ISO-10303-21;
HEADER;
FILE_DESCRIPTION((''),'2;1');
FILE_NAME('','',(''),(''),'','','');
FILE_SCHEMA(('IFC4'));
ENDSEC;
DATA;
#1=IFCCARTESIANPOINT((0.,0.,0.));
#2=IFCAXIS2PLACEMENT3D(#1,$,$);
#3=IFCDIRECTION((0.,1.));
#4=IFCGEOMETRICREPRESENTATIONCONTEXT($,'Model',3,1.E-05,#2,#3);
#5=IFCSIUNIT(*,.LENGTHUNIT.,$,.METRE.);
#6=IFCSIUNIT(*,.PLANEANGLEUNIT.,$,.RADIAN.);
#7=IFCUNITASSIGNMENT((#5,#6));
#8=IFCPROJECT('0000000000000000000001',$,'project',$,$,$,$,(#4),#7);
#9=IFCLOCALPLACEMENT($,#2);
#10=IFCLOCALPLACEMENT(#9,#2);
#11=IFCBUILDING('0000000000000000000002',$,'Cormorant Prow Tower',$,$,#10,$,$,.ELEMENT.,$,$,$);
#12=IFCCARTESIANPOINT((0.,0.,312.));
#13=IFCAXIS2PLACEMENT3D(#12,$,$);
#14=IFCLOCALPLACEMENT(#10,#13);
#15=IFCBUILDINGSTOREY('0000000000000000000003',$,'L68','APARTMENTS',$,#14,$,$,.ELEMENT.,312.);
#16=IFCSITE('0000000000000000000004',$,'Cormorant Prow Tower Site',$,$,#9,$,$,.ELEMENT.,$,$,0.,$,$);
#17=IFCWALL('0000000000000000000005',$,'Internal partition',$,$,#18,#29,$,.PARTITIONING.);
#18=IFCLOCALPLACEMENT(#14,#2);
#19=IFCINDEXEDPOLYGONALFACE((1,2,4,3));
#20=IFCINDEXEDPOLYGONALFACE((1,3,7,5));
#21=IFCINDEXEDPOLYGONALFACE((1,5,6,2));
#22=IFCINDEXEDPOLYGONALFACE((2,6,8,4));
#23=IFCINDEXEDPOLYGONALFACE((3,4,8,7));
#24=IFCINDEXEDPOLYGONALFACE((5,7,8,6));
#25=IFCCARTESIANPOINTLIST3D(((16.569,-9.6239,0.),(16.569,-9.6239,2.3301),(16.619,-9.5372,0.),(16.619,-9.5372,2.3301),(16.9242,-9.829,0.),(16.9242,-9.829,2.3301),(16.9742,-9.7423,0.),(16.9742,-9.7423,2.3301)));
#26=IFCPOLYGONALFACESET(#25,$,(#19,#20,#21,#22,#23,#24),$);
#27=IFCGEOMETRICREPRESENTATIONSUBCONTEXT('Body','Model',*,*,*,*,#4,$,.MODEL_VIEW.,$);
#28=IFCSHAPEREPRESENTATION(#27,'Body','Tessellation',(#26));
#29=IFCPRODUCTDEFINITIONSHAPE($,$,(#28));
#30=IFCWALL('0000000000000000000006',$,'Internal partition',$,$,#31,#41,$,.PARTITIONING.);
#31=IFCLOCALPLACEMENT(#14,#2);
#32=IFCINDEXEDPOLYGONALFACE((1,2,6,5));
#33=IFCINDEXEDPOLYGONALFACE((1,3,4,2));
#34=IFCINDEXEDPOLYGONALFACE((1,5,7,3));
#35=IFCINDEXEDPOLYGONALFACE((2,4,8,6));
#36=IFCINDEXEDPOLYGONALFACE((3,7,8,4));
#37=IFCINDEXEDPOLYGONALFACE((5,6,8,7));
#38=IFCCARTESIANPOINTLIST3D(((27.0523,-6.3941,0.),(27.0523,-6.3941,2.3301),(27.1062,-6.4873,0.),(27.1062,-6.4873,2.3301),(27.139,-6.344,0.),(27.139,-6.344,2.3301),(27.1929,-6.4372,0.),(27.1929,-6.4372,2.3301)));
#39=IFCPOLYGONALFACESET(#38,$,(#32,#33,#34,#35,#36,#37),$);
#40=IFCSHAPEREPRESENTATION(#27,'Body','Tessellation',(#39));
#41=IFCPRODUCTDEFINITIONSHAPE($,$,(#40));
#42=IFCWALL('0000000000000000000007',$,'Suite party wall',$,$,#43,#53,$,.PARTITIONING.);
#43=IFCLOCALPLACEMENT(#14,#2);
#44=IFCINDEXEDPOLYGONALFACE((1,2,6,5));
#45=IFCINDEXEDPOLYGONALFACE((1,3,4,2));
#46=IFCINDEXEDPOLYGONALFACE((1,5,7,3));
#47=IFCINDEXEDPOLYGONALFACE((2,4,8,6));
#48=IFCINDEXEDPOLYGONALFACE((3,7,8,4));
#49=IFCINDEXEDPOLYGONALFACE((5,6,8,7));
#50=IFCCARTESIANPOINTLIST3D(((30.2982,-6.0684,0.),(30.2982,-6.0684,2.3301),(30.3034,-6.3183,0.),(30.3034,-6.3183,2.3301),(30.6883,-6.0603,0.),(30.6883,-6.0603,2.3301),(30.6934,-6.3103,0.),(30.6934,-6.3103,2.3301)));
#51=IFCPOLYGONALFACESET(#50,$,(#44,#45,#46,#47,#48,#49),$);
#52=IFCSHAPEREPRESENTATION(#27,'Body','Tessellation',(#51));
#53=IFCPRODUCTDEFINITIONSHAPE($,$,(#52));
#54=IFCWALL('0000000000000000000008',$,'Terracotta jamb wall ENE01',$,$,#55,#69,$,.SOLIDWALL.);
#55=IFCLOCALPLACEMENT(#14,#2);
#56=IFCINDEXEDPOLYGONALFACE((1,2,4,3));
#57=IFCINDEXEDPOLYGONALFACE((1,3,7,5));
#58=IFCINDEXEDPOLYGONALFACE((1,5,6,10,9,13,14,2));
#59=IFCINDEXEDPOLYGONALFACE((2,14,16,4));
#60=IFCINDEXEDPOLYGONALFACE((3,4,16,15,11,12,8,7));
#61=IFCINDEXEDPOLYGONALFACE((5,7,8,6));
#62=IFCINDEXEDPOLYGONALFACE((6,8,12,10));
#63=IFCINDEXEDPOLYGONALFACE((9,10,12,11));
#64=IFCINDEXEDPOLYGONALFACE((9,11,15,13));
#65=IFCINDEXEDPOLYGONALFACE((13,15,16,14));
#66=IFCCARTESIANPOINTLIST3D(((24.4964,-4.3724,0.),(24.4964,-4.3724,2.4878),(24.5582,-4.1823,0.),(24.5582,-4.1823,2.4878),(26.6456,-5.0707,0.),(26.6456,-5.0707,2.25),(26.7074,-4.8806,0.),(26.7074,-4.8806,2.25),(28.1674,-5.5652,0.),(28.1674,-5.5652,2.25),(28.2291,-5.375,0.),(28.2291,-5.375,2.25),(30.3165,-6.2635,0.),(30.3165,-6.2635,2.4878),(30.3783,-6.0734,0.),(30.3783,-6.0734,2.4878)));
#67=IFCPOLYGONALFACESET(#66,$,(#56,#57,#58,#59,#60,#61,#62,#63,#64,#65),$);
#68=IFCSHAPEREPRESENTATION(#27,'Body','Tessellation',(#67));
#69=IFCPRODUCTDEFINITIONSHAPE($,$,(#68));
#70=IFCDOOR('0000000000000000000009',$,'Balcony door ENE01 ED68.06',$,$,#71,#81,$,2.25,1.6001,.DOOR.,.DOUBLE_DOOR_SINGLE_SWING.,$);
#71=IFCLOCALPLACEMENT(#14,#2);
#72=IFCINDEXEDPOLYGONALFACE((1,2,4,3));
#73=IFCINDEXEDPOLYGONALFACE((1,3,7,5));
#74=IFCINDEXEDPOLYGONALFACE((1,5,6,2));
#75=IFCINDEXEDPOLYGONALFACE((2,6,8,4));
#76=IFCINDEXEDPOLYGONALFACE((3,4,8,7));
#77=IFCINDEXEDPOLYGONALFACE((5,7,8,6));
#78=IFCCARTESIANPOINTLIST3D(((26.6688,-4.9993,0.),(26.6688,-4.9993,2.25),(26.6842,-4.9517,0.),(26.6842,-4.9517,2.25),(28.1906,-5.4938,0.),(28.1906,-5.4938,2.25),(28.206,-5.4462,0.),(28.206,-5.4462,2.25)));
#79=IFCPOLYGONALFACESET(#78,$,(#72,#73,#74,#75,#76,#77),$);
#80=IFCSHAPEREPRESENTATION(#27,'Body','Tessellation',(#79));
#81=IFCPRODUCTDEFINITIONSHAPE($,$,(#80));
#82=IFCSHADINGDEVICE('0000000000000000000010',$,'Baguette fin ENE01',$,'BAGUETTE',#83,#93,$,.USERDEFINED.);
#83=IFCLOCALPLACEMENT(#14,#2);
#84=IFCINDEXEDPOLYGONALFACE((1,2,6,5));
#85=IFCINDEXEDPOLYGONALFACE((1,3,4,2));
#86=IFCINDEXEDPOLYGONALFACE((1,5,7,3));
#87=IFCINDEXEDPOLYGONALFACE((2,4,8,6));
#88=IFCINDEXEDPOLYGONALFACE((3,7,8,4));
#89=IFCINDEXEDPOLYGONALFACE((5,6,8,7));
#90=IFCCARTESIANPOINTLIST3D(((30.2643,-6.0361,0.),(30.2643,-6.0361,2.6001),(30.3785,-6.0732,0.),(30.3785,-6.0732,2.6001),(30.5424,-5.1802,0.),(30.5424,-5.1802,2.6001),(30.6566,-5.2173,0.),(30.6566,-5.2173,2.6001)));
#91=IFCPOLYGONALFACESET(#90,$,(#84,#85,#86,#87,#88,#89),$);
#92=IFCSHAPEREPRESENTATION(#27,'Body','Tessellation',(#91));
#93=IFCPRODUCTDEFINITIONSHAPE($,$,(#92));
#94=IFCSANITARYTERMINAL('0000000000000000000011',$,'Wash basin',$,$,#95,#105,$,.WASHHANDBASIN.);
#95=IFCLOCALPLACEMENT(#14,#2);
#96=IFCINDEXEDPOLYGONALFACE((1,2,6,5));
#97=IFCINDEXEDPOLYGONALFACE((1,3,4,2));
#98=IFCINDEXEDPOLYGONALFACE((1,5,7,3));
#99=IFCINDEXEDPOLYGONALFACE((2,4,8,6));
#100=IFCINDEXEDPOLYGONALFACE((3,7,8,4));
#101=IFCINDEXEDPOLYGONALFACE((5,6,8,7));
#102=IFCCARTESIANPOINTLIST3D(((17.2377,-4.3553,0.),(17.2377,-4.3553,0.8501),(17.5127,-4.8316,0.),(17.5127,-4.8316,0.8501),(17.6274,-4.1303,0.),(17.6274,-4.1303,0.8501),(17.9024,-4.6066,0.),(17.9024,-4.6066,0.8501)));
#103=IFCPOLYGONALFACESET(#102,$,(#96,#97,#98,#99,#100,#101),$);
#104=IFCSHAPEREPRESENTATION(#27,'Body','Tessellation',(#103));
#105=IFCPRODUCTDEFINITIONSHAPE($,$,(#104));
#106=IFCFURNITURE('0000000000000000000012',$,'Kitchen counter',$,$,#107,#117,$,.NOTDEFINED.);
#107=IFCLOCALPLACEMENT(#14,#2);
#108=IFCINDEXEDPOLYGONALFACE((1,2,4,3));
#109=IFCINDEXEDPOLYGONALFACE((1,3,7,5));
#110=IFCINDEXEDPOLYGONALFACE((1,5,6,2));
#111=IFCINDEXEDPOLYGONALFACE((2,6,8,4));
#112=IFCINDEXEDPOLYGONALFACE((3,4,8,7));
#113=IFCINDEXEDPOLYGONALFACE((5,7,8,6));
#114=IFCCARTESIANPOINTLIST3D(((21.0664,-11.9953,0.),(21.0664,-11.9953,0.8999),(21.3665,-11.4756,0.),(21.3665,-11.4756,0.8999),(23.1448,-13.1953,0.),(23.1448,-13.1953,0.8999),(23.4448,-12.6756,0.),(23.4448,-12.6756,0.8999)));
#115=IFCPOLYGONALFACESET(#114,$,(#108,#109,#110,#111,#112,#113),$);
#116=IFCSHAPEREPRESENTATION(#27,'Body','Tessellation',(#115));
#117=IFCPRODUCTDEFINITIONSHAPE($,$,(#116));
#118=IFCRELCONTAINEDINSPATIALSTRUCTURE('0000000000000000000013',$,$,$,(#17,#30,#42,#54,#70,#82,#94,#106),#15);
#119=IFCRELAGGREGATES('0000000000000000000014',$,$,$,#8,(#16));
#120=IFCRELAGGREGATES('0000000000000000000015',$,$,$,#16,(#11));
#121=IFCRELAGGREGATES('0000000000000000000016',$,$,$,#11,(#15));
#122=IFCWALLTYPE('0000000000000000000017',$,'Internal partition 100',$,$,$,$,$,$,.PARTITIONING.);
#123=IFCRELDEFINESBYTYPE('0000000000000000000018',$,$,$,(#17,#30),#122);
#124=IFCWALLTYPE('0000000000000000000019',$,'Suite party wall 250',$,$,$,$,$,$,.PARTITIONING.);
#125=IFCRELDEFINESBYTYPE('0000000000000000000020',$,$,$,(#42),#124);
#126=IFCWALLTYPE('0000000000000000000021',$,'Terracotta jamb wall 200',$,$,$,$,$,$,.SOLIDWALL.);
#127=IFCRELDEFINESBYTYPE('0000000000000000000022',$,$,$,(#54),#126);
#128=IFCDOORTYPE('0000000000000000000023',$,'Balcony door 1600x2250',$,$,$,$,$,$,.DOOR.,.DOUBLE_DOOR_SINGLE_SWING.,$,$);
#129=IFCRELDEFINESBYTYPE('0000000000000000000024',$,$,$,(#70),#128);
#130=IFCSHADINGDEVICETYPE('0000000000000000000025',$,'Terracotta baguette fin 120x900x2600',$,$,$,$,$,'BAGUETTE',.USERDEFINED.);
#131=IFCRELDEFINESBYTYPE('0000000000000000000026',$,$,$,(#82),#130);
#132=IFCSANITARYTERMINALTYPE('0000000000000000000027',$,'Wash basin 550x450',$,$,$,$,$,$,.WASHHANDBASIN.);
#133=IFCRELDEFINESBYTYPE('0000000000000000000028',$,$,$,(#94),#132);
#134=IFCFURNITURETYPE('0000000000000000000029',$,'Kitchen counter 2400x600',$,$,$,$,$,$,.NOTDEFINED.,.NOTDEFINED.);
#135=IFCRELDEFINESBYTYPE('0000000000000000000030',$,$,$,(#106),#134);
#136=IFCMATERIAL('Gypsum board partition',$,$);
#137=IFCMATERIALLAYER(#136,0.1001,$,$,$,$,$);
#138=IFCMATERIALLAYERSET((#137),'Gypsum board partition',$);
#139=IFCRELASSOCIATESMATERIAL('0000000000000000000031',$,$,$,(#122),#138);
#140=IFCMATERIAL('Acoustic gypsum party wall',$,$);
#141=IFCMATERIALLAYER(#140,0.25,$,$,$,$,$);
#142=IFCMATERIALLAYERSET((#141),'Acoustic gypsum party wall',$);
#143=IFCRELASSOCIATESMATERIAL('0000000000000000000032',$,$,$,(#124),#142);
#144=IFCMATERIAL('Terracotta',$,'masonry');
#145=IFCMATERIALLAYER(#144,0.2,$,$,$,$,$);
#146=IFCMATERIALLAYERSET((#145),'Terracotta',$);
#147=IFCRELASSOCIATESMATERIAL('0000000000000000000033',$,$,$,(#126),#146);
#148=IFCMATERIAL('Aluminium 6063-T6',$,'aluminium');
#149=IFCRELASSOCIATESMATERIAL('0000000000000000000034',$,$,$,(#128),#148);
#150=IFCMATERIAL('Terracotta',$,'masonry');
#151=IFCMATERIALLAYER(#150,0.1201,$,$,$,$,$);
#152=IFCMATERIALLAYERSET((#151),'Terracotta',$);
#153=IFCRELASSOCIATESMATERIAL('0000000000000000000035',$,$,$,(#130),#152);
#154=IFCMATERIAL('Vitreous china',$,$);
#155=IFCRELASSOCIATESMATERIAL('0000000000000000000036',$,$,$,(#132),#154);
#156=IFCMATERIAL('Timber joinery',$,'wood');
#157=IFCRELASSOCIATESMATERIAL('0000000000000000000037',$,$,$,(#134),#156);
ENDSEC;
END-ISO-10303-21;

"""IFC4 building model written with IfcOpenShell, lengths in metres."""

from ifc_helpers import new_model, si_unit, direction, frame, frame_2d, origin, origin_2d, place, context, subcontext, project, spatial, rectangle, extrude, material, layer, layer_set, type_object, element, fill, save


model = new_model("IFC4")

# Units and contexts
model_context = context("Model", 3, precision=1e-05, world=origin(), true_north=direction((0.0, 1.0)))
body_context = subcontext(model_context, "Body", "Model", "MODEL_VIEW")
ifc_project = project(units=[si_unit("LENGTHUNIT", "METRE"), si_unit("PLANEANGLEUNIT", "RADIAN")], contexts=[model_context])

# Site, building, storey
site_placement = place(None, origin())
site = spatial("IfcSite", under=ifc_project, at=site_placement, Name="Cormorant Prow Tower Site", CompositionType="ELEMENT", RefElevation=0.0)
building_placement = place(site_placement, origin())
building = spatial("IfcBuilding", under=site, at=building_placement, Name="Cormorant Prow Tower", CompositionType="ELEMENT")
storey_placement = place(building_placement, frame((0.0, 0.0, 312.0)))
storey = spatial("IfcBuildingStorey", under=building, at=storey_placement, Name="L68", Description="APARTMENTS", CompositionType="ELEMENT", Elevation=312.0)

# Shared definitions
ifc_material_1 = material(Name="Gypsum board partition")
ifc_layer_1 = layer(ifc_material_1, 0.1001)
ifc_layer_set_1 = layer_set([ifc_layer_1], Name="Gypsum board partition")
wall_type_1 = type_object("IfcWallType", Name="Internal partition 100", PredefinedType="PARTITIONING", material=ifc_layer_set_1)

# Walls
wall_1_placement = place(storey_placement, frame((16.594, -9.5806, 0.0), z_axis=(0.0, 0.0, 1.0), x_axis=(0.866037, -0.49998, 0.0)))
element("IfcWall", 1, at=wall_1_placement, inside=storey, type_object=wall_type_1, Name="Internal partition", PredefinedType="PARTITIONING", context=body_context, shape_type="SweptSolid", body=[
    extrude(rectangle(XDim=0.4102, YDim=0.1001, at=frame_2d((0.2051, 0.0))), origin(), (0.0, 0.0, 1.0), 2.3301),
])
wall_2_placement = place(storey_placement, frame((27.0957, -6.3691, 0.0), z_axis=(0.0, 0.0, 1.0), x_axis=(0.500768, -0.865581, 0.0)))
element("IfcWall", 2, at=wall_2_placement, inside=storey, type_object=wall_type_1, Name="Internal partition", PredefinedType="PARTITIONING", context=body_context, shape_type="SweptSolid", body=[
    extrude(rectangle(XDim=0.1077, YDim=0.1001, at=frame_2d((0.0537, 0.0))), origin(), (0.0, 0.0, 1.0), 2.3301),
])
ifc_material_2 = material(Name="Acoustic gypsum party wall")
ifc_layer_2 = layer(ifc_material_2, 0.25)
ifc_layer_set_2 = layer_set([ifc_layer_2], Name="Acoustic gypsum party wall")
wall_type_2 = type_object("IfcWallType", Name="Suite party wall 250", PredefinedType="PARTITIONING", material=ifc_layer_set_2)
wall_3_placement = place(storey_placement, frame((30.3008, -6.1934, 0.0), z_axis=(0.0, 0.0, 1.0), x_axis=(0.999787, 0.020646, 0.0)))
element("IfcWall", 3, at=wall_3_placement, inside=storey, type_object=wall_type_2, Name="Suite party wall", PredefinedType="PARTITIONING", context=body_context, shape_type="SweptSolid", body=[
    extrude(rectangle(XDim=0.3901, YDim=0.25, at=frame_2d((0.1951, 0.0))), origin(), (0.0, 0.0, 1.0), 2.3301),
])

# Wall, opening, door
ifc_material_3 = material(Name="Terracotta", Category="masonry")
ifc_layer_3 = layer(ifc_material_3, 0.2)
ifc_layer_set_3 = layer_set([ifc_layer_3], Name="Terracotta")
wall_type_3 = type_object("IfcWallType", Name="Terracotta jamb wall 200", PredefinedType="SOLIDWALL", material=ifc_layer_set_3)
wall_4_placement = place(storey_placement, frame((30.3474, -6.1685, 0.0), z_axis=(0.0, 0.0, 1.0), x_axis=(-0.951054, 0.309026, 0.0)))
wall_4 = element("IfcWall", 4, at=wall_4_placement, inside=storey, type_object=wall_type_3, Name="Terracotta jamb wall ENE01", PredefinedType="SOLIDWALL", context=body_context, shape_type="SweptSolid", body=[
    extrude(rectangle(XDim=6.1196, YDim=0.2, at=frame_2d((3.0598, 0.0))), origin(), (0.0, 0.0, 1.0), 2.4878),
])
opening_1_placement = place(wall_4_placement, frame((2.2598, 0.0, 0.0)))
opening_1 = element("IfcOpeningElement", 5, at=opening_1_placement, cuts=wall_4, PredefinedType="OPENING", context=body_context, shape_type="SweptSolid", body=[
    extrude(rectangle(XDim=1.6001, YDim=2.25, at=frame_2d((0.8, 1.125))), frame((0.0, 0.1099, 0.0), z_axis=(0.0, -1.0, 0.0), x_axis=(1.0, 0.0, 0.0)), (0.0, 0.0, 1.0), 0.22),
])
ifc_material_4 = material(Name="Aluminium 6063-T6", Category="aluminium")
door_type_1 = type_object("IfcDoorType", Name="Balcony door 1600x2250", OperationType="DOUBLE_DOOR_SINGLE_SWING", PredefinedType="DOOR", material=ifc_material_4)
door_1_placement = place(opening_1_placement, origin())
door_1 = element("IfcDoor", 6, at=door_1_placement, inside=storey, type_object=door_type_1, Name="Balcony door ENE01 ED68.06", OperationType="DOUBLE_DOOR_SINGLE_SWING", OverallHeight=2.25, OverallWidth=1.6001, PredefinedType="DOOR", context=body_context, shape_type="SweptSolid", body=[
    extrude(rectangle(XDim=1.6001, YDim=2.25, at=frame_2d((0.8, 1.125))), frame((0.0, 0.0249, 0.0), z_axis=(0.0, -1.0, 0.0), x_axis=(1.0, 0.0, 0.0)), (0.0, 0.0, 1.0), 0.05),
])
fill(opening_1, door_1)

# Shading device
ifc_material_5 = material(Name="Terracotta", Category="masonry")
ifc_layer_4 = layer(ifc_material_5, 0.1201)
ifc_layer_set_4 = layer_set([ifc_layer_4], Name="Terracotta")
shading_device_type = type_object("IfcShadingDeviceType", Name="Terracotta baguette fin 120x900x2600", ElementType="BAGUETTE", PredefinedType="USERDEFINED", material=ifc_layer_set_4)
shading_device_placement = place(storey_placement, frame((30.4604, -5.6267, 0.0), z_axis=(0.0, 0.0, 1.0), x_axis=(-0.951057, 0.309017, 0.0)))
element("IfcShadingDevice", 7, at=shading_device_placement, inside=storey, type_object=shading_device_type, Name="Baguette fin ENE01", ObjectType="BAGUETTE", PredefinedType="USERDEFINED", context=body_context, shape_type="SweptSolid", body=[
    extrude(rectangle(XDim=0.1201, YDim=0.8999, at=origin_2d()), origin(), (0.0, 0.0, 1.0), 2.6001),
])

# Sanitary terminal
ifc_material_6 = material(Name="Vitreous china")
sanitary_terminal_type = type_object("IfcSanitaryTerminalType", Name="Wash basin 550x450", PredefinedType="WASHHANDBASIN", material=ifc_material_6)
sanitary_terminal_placement = place(storey_placement, frame((17.5701, -4.481, 0.0), z_axis=(0.0, 0.0, 1.0), x_axis=(-0.5, 0.866025, 0.0)))
element("IfcSanitaryTerminal", 8, at=sanitary_terminal_placement, inside=storey, type_object=sanitary_terminal_type, Name="Wash basin", PredefinedType="WASHHANDBASIN", context=body_context, shape_type="SweptSolid", body=[
    extrude(rectangle(XDim=0.55, YDim=0.45, at=origin_2d()), origin(), (0.0, 0.0, 1.0), 0.8501),
])

# Furniture
ifc_material_7 = material(Name="Timber joinery", Category="wood")
furniture_type = type_object("IfcFurnitureType", Name="Kitchen counter 2400x600", AssemblyPlace="NOTDEFINED", PredefinedType="NOTDEFINED", material=ifc_material_7)
furniture_placement = place(storey_placement, frame((22.2556, -12.3354, 0.0), z_axis=(0.0, 0.0, 1.0), x_axis=(-0.866025, 0.5, 0.0)))
element("IfcFurniture", 9, at=furniture_placement, inside=storey, type_object=furniture_type, Name="Kitchen counter", PredefinedType="NOTDEFINED", context=body_context, shape_type="SweptSolid", body=[
    extrude(rectangle(XDim=2.3999, YDim=0.6001, at=origin_2d()), origin(), (0.0, 0.0, 1.0), 0.8999),
])

save(model, "model.ifc")
